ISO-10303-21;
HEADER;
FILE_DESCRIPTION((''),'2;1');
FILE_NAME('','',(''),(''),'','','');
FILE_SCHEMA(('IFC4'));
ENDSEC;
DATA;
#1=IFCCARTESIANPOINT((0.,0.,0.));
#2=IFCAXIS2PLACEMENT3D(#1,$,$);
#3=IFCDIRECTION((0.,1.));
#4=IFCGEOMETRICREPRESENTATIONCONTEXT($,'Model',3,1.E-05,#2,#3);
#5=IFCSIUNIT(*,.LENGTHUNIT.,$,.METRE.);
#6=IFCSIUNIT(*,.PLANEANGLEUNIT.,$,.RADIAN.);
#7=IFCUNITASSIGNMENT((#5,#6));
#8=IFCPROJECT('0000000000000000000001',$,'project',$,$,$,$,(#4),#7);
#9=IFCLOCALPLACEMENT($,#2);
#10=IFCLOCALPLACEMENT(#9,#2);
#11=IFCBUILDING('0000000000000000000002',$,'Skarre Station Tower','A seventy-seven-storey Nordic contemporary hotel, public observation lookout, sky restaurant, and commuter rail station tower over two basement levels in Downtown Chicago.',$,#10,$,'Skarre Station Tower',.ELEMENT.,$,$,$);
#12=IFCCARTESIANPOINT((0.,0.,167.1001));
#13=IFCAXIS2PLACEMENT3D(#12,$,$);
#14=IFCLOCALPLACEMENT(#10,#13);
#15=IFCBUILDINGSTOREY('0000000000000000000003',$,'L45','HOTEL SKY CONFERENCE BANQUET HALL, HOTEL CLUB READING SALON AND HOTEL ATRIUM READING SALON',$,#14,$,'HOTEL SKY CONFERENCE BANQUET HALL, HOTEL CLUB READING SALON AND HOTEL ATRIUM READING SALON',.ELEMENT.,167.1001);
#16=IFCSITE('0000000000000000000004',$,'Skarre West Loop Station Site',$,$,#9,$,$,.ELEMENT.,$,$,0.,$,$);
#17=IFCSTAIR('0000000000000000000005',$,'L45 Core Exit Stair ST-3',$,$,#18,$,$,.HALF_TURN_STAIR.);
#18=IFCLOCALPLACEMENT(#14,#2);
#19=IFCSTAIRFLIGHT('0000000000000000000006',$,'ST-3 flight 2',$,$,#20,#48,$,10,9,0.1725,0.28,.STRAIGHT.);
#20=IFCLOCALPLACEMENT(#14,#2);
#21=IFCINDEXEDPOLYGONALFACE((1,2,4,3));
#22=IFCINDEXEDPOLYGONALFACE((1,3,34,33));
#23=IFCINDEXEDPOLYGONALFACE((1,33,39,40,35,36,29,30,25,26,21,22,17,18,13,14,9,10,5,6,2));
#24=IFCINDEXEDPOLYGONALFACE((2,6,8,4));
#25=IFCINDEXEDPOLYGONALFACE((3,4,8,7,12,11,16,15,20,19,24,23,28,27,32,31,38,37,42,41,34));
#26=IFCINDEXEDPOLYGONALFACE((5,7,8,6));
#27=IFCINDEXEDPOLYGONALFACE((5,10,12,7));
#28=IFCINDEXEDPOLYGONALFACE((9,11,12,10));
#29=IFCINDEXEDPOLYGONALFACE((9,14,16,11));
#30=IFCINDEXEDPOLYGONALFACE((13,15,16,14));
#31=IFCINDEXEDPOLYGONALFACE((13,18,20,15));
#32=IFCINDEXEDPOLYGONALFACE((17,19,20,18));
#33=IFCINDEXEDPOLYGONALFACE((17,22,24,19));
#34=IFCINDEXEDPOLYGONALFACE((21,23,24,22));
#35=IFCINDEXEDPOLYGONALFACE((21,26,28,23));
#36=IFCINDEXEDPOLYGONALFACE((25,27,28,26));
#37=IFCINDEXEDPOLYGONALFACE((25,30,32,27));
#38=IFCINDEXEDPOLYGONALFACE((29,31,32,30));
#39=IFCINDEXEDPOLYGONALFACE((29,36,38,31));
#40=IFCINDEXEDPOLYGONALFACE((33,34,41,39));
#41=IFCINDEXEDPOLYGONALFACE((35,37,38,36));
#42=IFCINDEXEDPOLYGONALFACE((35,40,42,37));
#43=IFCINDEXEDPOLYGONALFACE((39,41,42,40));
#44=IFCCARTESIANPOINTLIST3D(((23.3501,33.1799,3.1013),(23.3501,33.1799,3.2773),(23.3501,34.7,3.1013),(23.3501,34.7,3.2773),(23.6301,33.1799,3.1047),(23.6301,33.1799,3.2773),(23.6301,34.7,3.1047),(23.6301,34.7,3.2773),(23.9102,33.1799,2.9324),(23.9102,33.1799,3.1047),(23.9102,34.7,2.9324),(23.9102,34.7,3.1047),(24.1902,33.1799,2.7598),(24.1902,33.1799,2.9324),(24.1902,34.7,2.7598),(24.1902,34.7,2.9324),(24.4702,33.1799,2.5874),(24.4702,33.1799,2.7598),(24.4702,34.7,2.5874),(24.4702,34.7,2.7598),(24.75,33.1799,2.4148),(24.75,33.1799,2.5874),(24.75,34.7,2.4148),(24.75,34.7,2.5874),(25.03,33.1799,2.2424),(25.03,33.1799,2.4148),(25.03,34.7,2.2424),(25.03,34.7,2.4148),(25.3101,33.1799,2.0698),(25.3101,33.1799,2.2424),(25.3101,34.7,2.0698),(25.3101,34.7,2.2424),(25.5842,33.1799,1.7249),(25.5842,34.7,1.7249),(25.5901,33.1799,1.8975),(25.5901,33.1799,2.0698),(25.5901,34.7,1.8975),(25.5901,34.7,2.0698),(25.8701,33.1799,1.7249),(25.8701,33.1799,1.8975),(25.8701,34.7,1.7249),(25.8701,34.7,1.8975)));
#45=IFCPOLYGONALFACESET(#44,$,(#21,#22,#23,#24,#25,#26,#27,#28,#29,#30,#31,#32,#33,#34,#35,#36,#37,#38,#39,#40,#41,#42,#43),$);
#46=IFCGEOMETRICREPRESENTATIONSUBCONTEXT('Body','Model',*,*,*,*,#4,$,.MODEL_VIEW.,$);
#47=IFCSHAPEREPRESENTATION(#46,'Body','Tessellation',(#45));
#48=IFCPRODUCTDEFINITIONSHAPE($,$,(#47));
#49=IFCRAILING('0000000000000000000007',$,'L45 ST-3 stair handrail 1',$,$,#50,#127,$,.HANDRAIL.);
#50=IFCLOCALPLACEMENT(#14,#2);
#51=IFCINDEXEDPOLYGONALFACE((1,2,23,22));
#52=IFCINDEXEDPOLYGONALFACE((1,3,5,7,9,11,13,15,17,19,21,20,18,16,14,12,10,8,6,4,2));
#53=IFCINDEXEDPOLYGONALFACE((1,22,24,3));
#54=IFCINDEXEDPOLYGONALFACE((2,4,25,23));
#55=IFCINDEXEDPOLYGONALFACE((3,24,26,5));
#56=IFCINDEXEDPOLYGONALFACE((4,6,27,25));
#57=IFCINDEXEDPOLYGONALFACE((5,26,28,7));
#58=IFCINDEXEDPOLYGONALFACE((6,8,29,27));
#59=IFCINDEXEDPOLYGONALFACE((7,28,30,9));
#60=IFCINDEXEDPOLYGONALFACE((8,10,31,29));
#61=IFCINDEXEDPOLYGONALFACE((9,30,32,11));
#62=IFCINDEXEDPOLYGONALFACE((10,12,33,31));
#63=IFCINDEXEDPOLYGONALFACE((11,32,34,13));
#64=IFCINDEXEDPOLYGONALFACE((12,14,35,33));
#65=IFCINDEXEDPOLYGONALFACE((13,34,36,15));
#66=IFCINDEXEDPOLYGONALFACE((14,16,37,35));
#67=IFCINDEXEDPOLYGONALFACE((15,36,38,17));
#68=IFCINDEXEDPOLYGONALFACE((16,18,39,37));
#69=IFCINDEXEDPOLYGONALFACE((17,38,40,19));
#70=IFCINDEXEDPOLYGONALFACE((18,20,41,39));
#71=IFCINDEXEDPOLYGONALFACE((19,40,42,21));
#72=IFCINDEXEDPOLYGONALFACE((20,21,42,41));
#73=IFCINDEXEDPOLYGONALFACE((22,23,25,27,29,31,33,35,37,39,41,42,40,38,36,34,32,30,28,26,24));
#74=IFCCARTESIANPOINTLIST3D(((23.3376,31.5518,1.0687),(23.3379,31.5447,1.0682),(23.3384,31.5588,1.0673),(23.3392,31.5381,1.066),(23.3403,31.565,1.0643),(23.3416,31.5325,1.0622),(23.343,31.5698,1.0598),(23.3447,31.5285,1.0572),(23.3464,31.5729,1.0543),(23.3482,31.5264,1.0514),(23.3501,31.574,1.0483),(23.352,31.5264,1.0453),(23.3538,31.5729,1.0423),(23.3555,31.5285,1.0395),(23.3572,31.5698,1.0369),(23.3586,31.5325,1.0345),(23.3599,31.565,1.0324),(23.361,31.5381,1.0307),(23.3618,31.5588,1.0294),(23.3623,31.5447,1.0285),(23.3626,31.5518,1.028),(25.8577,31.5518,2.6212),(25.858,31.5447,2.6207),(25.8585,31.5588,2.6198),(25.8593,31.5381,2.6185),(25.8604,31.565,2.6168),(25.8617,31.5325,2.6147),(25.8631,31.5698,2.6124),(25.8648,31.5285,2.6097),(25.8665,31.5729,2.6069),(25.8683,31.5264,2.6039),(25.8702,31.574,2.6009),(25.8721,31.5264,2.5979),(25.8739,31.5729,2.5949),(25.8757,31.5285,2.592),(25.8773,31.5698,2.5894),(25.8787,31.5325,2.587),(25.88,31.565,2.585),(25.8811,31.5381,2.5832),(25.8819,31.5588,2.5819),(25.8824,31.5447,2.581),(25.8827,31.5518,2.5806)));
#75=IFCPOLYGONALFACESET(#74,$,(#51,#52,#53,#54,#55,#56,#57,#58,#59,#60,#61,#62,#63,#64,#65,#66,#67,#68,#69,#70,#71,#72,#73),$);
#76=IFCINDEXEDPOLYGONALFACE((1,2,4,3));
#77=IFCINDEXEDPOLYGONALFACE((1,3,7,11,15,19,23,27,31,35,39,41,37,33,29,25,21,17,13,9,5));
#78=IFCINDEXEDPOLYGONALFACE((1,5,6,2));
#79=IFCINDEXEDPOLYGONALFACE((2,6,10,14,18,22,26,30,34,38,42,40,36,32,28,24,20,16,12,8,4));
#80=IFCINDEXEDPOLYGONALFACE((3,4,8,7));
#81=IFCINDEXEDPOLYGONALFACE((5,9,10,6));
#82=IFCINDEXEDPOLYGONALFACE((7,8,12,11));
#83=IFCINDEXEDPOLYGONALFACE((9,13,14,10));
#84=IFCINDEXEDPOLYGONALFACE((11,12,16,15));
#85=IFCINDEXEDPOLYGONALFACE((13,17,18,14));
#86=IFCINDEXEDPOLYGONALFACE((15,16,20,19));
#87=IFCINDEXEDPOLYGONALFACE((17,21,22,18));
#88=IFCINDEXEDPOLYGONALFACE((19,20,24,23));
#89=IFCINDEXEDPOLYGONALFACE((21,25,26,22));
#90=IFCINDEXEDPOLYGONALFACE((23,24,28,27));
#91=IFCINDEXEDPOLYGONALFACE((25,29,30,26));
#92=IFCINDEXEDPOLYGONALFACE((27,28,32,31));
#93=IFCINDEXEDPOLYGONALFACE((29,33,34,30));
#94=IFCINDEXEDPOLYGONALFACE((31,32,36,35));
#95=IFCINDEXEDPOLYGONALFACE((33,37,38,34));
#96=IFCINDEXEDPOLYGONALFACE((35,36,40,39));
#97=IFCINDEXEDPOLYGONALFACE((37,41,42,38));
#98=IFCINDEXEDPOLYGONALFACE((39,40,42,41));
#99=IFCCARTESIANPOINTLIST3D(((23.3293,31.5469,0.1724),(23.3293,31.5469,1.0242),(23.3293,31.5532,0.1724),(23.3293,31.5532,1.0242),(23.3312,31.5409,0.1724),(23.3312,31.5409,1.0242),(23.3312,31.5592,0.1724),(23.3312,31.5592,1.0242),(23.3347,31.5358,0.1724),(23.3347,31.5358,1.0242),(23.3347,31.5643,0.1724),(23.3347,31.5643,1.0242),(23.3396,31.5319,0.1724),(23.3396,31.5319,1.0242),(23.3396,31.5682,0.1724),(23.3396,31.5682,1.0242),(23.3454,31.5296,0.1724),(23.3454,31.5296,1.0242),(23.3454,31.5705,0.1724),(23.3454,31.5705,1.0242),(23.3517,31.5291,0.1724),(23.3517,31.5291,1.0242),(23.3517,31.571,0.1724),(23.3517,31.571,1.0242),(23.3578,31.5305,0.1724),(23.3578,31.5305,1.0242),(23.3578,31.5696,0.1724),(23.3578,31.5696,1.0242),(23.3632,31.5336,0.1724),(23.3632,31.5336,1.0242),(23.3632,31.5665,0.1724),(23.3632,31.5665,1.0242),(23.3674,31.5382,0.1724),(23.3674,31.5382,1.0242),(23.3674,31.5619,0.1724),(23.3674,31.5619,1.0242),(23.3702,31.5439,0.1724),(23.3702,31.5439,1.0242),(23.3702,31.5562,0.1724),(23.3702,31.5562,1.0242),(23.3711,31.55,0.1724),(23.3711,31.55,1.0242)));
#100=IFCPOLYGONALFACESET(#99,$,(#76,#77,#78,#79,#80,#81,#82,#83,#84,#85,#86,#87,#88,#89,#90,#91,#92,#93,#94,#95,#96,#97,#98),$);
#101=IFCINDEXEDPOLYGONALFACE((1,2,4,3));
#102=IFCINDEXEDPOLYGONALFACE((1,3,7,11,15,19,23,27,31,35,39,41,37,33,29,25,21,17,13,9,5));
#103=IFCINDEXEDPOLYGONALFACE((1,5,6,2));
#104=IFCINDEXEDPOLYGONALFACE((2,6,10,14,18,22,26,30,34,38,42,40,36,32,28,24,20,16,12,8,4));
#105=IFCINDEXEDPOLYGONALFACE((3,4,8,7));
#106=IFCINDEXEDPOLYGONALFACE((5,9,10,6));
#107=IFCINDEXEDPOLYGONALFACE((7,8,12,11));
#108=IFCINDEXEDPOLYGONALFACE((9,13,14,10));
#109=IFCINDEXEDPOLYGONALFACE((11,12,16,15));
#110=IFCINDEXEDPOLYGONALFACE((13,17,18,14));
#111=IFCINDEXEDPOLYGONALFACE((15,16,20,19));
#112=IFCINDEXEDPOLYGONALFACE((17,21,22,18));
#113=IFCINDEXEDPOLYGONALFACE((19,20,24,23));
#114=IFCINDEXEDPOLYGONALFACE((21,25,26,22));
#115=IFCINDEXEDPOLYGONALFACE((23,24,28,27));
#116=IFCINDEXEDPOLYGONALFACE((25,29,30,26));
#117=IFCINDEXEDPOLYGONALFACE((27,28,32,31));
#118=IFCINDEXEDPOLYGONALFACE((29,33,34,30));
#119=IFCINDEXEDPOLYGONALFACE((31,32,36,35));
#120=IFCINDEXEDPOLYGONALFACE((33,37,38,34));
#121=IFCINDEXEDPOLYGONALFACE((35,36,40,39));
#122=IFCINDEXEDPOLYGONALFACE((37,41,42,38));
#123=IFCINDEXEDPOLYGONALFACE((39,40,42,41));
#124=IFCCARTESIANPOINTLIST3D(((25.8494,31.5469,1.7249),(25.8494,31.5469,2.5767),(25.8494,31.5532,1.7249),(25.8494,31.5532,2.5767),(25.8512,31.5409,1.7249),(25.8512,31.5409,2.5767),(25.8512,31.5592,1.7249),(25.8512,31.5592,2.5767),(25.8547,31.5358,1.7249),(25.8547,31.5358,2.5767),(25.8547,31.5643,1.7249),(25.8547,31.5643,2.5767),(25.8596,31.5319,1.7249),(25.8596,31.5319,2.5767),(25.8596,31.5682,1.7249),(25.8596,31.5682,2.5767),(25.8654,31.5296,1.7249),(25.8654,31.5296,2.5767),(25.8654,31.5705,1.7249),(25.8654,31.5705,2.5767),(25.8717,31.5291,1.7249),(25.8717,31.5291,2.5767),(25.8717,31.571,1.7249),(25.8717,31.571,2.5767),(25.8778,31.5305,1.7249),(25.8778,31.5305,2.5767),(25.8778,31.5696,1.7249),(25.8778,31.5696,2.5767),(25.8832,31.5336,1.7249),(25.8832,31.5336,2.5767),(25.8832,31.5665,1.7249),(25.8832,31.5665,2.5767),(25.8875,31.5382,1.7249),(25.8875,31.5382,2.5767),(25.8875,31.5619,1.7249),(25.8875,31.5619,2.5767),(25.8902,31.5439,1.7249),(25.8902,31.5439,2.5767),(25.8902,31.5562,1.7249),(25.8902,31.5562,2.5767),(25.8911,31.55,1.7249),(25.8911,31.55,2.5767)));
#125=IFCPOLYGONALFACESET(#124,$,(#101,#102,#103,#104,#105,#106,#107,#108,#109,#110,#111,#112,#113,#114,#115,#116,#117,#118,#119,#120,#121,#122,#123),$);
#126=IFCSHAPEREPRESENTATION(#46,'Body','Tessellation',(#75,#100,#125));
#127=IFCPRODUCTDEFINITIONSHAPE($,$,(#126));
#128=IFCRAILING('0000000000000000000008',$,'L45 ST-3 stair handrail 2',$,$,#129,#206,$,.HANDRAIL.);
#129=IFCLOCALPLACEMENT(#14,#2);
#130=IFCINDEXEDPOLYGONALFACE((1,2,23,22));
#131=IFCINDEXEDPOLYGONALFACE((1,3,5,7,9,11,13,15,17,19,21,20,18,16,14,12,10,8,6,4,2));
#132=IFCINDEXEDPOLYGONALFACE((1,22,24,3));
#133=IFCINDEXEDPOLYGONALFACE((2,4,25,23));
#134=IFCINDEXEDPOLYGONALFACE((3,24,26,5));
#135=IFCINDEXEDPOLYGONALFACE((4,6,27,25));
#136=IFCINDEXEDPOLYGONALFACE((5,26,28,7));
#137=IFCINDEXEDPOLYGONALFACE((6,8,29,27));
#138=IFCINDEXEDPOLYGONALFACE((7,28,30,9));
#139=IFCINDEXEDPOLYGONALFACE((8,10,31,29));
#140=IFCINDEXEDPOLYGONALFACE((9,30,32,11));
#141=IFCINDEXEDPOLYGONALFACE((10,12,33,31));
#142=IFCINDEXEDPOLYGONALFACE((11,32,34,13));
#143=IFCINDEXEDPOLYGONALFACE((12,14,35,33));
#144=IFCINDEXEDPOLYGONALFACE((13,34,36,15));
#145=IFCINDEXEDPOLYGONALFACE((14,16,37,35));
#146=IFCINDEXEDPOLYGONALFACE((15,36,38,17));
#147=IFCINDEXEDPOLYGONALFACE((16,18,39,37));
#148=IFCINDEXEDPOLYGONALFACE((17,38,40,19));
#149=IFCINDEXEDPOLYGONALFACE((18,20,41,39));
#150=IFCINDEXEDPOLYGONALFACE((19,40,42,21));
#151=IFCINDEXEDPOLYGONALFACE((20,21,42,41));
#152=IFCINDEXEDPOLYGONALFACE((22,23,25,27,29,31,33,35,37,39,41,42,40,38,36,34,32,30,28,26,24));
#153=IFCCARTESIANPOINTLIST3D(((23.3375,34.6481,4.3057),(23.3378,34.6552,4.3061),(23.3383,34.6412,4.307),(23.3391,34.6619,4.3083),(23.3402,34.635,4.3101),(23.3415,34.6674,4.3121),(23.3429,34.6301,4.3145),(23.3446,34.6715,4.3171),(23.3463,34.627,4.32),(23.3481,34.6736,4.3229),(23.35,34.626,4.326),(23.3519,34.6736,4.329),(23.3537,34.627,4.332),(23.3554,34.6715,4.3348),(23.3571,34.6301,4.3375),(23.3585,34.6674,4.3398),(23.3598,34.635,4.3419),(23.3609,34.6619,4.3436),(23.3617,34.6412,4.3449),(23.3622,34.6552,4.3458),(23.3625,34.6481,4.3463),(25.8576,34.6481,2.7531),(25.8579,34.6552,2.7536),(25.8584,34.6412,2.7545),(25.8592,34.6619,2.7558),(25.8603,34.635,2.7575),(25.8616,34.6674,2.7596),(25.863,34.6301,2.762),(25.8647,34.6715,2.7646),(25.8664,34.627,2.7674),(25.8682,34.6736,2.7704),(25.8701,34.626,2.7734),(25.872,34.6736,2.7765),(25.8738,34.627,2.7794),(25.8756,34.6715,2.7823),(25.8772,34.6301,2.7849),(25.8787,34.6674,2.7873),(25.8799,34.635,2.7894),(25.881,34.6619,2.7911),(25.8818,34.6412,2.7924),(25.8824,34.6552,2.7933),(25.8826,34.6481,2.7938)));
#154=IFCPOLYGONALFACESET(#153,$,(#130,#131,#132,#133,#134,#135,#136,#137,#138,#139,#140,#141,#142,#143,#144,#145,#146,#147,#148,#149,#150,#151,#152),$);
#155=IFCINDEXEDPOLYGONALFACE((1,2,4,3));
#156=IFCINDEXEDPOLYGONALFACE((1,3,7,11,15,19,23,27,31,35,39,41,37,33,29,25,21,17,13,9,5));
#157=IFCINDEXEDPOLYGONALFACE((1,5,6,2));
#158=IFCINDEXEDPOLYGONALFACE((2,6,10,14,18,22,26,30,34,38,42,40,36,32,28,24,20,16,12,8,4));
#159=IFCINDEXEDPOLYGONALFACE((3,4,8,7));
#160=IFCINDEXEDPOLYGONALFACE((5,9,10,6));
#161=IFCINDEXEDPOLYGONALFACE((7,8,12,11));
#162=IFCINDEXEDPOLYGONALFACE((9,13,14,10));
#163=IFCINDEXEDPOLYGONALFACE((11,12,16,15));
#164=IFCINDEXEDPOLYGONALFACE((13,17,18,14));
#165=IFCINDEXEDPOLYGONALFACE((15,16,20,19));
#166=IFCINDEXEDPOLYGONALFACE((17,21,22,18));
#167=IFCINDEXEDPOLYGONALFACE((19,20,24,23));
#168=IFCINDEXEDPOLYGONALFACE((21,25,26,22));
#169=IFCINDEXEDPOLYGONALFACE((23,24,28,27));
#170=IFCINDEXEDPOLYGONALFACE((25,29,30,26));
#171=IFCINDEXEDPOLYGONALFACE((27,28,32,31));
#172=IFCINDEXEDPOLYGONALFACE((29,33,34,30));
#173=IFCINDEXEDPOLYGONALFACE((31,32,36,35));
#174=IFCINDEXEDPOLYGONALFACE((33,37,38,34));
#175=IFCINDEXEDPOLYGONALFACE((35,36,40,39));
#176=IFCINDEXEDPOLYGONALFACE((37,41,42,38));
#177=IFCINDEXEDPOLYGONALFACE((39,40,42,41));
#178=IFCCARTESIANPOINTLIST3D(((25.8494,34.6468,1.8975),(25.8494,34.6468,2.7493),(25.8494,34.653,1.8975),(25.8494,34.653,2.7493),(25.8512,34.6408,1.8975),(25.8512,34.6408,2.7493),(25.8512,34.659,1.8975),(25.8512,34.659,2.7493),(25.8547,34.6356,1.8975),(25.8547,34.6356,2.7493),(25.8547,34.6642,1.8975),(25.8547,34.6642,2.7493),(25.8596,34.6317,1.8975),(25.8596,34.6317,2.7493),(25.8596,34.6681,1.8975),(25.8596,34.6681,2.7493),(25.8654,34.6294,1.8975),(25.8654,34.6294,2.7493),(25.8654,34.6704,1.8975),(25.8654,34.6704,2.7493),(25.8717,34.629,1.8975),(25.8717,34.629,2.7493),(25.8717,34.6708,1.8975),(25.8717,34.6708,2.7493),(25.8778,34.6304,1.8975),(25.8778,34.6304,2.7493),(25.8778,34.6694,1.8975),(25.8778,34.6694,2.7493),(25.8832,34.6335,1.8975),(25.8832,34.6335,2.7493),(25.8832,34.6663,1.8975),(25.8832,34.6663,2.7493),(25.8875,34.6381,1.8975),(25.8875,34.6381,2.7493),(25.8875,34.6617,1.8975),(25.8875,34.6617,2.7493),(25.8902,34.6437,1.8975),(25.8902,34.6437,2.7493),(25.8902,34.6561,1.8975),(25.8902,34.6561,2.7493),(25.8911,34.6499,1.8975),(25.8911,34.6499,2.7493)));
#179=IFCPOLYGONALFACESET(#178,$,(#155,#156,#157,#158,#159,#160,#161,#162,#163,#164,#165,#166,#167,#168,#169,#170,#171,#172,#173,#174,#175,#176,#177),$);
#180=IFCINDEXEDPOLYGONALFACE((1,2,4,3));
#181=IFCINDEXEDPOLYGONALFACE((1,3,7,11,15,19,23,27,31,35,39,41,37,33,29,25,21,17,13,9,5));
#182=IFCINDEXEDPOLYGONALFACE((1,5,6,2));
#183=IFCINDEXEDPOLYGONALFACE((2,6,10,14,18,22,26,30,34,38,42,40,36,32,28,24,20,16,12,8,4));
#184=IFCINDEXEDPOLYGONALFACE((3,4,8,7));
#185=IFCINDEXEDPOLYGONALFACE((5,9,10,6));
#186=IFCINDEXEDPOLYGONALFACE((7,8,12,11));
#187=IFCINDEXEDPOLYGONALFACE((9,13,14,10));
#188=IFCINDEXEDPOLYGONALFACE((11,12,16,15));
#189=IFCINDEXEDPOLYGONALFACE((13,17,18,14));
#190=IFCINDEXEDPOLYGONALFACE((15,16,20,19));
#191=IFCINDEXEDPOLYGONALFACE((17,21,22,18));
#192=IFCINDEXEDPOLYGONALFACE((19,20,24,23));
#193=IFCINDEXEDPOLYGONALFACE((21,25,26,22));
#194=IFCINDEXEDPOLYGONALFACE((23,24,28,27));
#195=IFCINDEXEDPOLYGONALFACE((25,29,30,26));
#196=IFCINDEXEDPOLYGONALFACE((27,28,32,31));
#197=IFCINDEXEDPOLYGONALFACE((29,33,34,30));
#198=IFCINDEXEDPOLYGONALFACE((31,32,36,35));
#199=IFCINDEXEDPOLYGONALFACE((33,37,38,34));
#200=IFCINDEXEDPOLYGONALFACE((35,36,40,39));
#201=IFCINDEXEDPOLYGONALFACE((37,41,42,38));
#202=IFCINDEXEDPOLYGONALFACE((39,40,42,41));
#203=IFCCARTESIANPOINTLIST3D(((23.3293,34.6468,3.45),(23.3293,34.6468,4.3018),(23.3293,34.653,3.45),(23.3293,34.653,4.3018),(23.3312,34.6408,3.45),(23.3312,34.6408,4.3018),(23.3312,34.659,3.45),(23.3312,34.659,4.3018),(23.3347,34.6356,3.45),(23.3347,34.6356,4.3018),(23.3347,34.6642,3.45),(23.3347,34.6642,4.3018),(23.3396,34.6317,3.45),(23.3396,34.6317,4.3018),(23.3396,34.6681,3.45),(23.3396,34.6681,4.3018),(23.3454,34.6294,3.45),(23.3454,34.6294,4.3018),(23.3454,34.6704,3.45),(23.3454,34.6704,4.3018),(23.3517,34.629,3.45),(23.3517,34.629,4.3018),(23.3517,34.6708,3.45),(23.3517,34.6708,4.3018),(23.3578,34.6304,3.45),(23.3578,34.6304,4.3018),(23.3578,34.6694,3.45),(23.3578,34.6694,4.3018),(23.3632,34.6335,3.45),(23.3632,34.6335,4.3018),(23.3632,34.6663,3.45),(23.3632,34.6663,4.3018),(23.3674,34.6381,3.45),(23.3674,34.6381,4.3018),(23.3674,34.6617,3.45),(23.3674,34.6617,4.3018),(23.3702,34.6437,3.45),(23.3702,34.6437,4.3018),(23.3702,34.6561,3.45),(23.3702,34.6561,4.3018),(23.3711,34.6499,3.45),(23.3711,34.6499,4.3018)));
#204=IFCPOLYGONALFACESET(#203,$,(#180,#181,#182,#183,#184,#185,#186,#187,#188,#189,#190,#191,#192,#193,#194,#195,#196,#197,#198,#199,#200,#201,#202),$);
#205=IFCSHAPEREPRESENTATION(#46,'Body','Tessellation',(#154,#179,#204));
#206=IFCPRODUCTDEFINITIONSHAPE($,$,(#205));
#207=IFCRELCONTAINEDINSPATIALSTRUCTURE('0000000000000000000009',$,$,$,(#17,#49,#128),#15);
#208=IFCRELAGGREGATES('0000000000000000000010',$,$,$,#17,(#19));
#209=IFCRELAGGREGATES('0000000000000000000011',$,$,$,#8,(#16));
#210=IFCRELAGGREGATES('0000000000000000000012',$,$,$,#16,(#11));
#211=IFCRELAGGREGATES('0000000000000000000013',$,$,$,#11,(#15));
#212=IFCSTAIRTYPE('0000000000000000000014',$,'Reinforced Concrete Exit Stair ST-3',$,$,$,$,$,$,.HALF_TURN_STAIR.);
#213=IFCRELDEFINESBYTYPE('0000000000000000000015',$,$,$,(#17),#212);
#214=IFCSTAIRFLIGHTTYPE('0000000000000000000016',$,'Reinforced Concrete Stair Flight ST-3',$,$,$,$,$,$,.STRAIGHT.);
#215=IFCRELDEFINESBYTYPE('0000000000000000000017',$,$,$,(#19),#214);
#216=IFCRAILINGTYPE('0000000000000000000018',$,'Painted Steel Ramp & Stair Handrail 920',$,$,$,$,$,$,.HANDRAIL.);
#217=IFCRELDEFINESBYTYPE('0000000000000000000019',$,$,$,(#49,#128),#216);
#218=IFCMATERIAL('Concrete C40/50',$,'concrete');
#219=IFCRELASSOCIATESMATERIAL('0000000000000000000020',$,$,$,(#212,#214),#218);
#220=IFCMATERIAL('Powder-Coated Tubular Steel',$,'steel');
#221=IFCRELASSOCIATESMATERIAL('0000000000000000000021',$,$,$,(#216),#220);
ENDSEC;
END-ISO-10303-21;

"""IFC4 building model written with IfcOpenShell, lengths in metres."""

from ifc_helpers import new_model, si_unit, direction, frame, origin, origin_2d, place, context, subcontext, project, spatial, polyline, circle, outline, extrude, material, type_object, element, aggregate, save


model = new_model("IFC4")

# Units and contexts
model_context = context("Model", 3, precision=1e-05, world=origin(), true_north=direction((0.0, 1.0)))
body_context = subcontext(model_context, "Body", "Model", "MODEL_VIEW")
ifc_project = project(units=[si_unit("LENGTHUNIT", "METRE"), si_unit("PLANEANGLEUNIT", "RADIAN")], contexts=[model_context])

# Site, building, storey
site_placement = place(None, origin())
site = spatial("IfcSite", under=ifc_project, at=site_placement, Name="Skarre West Loop Station Site", CompositionType="ELEMENT", RefElevation=0.0)
building_placement = place(site_placement, origin())
building = spatial("IfcBuilding", under=site, at=building_placement, Name="Skarre Station Tower", Description="A seventy-seven-storey Nordic contemporary hotel, public observation lookout, sky restaurant, and commuter rail station tower over two basement levels in Downtown Chicago.", LongName="Skarre Station Tower", CompositionType="ELEMENT")
storey_placement = place(building_placement, frame((0.0, 0.0, 167.1001)))
storey = spatial("IfcBuildingStorey", under=building, at=storey_placement, Name="L45", Description="HOTEL SKY CONFERENCE BANQUET HALL, HOTEL CLUB READING SALON AND HOTEL ATRIUM READING SALON", LongName="HOTEL SKY CONFERENCE BANQUET HALL, HOTEL CLUB READING SALON AND HOTEL ATRIUM READING SALON", CompositionType="ELEMENT", Elevation=167.1001)

# Stair, stair flight
ifc_material_1 = material(Name="Concrete C40/50", Category="concrete")
stair_type = type_object("IfcStairType", Name="Reinforced Concrete Exit Stair ST-3", PredefinedType="HALF_TURN_STAIR", material=ifc_material_1)
stair_placement = place(storey_placement, origin())
stair = element("IfcStair", 1, at=stair_placement, inside=storey, type_object=stair_type, Name="L45 Core Exit Stair ST-3", PredefinedType="HALF_TURN_STAIR")
stair_flight_type = type_object("IfcStairFlightType", Name="Reinforced Concrete Stair Flight ST-3", PredefinedType="STRAIGHT", material=ifc_material_1)
stair_flight_1_placement = place(storey_placement, frame((25.8701, 33.9399, 1.7249), z_axis=(0.0, 0.0, 1.0), x_axis=(-1.0, 0.0, 0.0)))
stair_flight_1 = element("IfcStairFlight", 2, at=stair_flight_1_placement, type_object=stair_flight_type, Name="ST-3 flight 2", NumberOfRisers=10, NumberOfTreads=9, PredefinedType="STRAIGHT", RiserHeight=0.1725, TreadLength=0.28, context=body_context, shape_type="SweptSolid", body=[
    extrude(outline(polyline([(0.0, 0.0), (0.0, 0.1726), (0.28, 0.1726), (0.28, 0.345), (0.5601, 0.345), (0.5601, 0.5176), (0.8401, 0.5176), (0.8401, 0.6899), (1.1201, 0.6899), (1.1201, 0.8625), (1.3999, 0.8625), (1.3999, 1.0349), (1.6799, 1.0349), (1.6799, 1.2075), (1.96, 1.2075), (1.96, 1.3799), (2.24, 1.3799), (2.24, 1.5525), (2.52, 1.5525), (2.52, 1.7251), (2.52, 1.3765), (0.2859, 0.0), (0.0, 0.0)])), frame((0.0, 0.76, 0.0), z_axis=(0.0, -1.0, 0.0), x_axis=(1.0, 0.0, 0.0)), (0.0, 0.0, 1.0), 1.52),
])
aggregate(stair, [stair_flight_1])

# Railings
ifc_material_2 = material(Name="Powder-Coated Tubular Steel", Category="steel")
railing_type_1 = type_object("IfcRailingType", Name="Painted Steel Ramp & Stair Handrail 920", PredefinedType="HANDRAIL", material=ifc_material_2)
railing_1_placement = place(storey_placement, frame((23.3501, 31.55, 0.1724)))
element("IfcRailing", 3, at=railing_1_placement, inside=storey, type_object=railing_type_1, Name="L45 ST-3 stair handrail 1", PredefinedType="HANDRAIL", context=body_context, shape_type="SweptSolid", body=[
    extrude(circle(Radius=0.0239, at=origin_2d()), frame((0.0, 0.0, 0.876), z_axis=(0.8514, 0.0, 0.524516), x_axis=(0.0, 1.0, 0.0)), (0.0, 0.0, 1.0), 2.96),
    extrude(circle(Radius=0.021, at=origin_2d()), origin(), (0.0, 0.0, 1.0), 0.8518),
    extrude(circle(Radius=0.021, at=origin_2d()), frame((2.52, 0.0, 1.5525)), (0.0, 0.0, 1.0), 0.8518),
])
railing_2_placement = place(storey_placement, frame((25.8701, 34.6499, 1.8975)))
element("IfcRailing", 4, at=railing_2_placement, inside=storey, type_object=railing_type_1, Name="L45 ST-3 stair handrail 2", PredefinedType="HANDRAIL", context=body_context, shape_type="SweptSolid", body=[
    extrude(circle(Radius=0.0239, at=origin_2d()), frame((0.0, 0.0, 0.876), z_axis=(-0.8514, 0.0, 0.524516), x_axis=(0.0, -1.0, 0.0)), (0.0, 0.0, 1.0), 2.96),
    extrude(circle(Radius=0.021, at=origin_2d()), origin(), (0.0, 0.0, 1.0), 0.8518),
    extrude(circle(Radius=0.021, at=origin_2d()), frame((-2.52, 0.0, 1.5525)), (0.0, 0.0, 1.0), 0.8518),
])

save(model, "model.ifc")
